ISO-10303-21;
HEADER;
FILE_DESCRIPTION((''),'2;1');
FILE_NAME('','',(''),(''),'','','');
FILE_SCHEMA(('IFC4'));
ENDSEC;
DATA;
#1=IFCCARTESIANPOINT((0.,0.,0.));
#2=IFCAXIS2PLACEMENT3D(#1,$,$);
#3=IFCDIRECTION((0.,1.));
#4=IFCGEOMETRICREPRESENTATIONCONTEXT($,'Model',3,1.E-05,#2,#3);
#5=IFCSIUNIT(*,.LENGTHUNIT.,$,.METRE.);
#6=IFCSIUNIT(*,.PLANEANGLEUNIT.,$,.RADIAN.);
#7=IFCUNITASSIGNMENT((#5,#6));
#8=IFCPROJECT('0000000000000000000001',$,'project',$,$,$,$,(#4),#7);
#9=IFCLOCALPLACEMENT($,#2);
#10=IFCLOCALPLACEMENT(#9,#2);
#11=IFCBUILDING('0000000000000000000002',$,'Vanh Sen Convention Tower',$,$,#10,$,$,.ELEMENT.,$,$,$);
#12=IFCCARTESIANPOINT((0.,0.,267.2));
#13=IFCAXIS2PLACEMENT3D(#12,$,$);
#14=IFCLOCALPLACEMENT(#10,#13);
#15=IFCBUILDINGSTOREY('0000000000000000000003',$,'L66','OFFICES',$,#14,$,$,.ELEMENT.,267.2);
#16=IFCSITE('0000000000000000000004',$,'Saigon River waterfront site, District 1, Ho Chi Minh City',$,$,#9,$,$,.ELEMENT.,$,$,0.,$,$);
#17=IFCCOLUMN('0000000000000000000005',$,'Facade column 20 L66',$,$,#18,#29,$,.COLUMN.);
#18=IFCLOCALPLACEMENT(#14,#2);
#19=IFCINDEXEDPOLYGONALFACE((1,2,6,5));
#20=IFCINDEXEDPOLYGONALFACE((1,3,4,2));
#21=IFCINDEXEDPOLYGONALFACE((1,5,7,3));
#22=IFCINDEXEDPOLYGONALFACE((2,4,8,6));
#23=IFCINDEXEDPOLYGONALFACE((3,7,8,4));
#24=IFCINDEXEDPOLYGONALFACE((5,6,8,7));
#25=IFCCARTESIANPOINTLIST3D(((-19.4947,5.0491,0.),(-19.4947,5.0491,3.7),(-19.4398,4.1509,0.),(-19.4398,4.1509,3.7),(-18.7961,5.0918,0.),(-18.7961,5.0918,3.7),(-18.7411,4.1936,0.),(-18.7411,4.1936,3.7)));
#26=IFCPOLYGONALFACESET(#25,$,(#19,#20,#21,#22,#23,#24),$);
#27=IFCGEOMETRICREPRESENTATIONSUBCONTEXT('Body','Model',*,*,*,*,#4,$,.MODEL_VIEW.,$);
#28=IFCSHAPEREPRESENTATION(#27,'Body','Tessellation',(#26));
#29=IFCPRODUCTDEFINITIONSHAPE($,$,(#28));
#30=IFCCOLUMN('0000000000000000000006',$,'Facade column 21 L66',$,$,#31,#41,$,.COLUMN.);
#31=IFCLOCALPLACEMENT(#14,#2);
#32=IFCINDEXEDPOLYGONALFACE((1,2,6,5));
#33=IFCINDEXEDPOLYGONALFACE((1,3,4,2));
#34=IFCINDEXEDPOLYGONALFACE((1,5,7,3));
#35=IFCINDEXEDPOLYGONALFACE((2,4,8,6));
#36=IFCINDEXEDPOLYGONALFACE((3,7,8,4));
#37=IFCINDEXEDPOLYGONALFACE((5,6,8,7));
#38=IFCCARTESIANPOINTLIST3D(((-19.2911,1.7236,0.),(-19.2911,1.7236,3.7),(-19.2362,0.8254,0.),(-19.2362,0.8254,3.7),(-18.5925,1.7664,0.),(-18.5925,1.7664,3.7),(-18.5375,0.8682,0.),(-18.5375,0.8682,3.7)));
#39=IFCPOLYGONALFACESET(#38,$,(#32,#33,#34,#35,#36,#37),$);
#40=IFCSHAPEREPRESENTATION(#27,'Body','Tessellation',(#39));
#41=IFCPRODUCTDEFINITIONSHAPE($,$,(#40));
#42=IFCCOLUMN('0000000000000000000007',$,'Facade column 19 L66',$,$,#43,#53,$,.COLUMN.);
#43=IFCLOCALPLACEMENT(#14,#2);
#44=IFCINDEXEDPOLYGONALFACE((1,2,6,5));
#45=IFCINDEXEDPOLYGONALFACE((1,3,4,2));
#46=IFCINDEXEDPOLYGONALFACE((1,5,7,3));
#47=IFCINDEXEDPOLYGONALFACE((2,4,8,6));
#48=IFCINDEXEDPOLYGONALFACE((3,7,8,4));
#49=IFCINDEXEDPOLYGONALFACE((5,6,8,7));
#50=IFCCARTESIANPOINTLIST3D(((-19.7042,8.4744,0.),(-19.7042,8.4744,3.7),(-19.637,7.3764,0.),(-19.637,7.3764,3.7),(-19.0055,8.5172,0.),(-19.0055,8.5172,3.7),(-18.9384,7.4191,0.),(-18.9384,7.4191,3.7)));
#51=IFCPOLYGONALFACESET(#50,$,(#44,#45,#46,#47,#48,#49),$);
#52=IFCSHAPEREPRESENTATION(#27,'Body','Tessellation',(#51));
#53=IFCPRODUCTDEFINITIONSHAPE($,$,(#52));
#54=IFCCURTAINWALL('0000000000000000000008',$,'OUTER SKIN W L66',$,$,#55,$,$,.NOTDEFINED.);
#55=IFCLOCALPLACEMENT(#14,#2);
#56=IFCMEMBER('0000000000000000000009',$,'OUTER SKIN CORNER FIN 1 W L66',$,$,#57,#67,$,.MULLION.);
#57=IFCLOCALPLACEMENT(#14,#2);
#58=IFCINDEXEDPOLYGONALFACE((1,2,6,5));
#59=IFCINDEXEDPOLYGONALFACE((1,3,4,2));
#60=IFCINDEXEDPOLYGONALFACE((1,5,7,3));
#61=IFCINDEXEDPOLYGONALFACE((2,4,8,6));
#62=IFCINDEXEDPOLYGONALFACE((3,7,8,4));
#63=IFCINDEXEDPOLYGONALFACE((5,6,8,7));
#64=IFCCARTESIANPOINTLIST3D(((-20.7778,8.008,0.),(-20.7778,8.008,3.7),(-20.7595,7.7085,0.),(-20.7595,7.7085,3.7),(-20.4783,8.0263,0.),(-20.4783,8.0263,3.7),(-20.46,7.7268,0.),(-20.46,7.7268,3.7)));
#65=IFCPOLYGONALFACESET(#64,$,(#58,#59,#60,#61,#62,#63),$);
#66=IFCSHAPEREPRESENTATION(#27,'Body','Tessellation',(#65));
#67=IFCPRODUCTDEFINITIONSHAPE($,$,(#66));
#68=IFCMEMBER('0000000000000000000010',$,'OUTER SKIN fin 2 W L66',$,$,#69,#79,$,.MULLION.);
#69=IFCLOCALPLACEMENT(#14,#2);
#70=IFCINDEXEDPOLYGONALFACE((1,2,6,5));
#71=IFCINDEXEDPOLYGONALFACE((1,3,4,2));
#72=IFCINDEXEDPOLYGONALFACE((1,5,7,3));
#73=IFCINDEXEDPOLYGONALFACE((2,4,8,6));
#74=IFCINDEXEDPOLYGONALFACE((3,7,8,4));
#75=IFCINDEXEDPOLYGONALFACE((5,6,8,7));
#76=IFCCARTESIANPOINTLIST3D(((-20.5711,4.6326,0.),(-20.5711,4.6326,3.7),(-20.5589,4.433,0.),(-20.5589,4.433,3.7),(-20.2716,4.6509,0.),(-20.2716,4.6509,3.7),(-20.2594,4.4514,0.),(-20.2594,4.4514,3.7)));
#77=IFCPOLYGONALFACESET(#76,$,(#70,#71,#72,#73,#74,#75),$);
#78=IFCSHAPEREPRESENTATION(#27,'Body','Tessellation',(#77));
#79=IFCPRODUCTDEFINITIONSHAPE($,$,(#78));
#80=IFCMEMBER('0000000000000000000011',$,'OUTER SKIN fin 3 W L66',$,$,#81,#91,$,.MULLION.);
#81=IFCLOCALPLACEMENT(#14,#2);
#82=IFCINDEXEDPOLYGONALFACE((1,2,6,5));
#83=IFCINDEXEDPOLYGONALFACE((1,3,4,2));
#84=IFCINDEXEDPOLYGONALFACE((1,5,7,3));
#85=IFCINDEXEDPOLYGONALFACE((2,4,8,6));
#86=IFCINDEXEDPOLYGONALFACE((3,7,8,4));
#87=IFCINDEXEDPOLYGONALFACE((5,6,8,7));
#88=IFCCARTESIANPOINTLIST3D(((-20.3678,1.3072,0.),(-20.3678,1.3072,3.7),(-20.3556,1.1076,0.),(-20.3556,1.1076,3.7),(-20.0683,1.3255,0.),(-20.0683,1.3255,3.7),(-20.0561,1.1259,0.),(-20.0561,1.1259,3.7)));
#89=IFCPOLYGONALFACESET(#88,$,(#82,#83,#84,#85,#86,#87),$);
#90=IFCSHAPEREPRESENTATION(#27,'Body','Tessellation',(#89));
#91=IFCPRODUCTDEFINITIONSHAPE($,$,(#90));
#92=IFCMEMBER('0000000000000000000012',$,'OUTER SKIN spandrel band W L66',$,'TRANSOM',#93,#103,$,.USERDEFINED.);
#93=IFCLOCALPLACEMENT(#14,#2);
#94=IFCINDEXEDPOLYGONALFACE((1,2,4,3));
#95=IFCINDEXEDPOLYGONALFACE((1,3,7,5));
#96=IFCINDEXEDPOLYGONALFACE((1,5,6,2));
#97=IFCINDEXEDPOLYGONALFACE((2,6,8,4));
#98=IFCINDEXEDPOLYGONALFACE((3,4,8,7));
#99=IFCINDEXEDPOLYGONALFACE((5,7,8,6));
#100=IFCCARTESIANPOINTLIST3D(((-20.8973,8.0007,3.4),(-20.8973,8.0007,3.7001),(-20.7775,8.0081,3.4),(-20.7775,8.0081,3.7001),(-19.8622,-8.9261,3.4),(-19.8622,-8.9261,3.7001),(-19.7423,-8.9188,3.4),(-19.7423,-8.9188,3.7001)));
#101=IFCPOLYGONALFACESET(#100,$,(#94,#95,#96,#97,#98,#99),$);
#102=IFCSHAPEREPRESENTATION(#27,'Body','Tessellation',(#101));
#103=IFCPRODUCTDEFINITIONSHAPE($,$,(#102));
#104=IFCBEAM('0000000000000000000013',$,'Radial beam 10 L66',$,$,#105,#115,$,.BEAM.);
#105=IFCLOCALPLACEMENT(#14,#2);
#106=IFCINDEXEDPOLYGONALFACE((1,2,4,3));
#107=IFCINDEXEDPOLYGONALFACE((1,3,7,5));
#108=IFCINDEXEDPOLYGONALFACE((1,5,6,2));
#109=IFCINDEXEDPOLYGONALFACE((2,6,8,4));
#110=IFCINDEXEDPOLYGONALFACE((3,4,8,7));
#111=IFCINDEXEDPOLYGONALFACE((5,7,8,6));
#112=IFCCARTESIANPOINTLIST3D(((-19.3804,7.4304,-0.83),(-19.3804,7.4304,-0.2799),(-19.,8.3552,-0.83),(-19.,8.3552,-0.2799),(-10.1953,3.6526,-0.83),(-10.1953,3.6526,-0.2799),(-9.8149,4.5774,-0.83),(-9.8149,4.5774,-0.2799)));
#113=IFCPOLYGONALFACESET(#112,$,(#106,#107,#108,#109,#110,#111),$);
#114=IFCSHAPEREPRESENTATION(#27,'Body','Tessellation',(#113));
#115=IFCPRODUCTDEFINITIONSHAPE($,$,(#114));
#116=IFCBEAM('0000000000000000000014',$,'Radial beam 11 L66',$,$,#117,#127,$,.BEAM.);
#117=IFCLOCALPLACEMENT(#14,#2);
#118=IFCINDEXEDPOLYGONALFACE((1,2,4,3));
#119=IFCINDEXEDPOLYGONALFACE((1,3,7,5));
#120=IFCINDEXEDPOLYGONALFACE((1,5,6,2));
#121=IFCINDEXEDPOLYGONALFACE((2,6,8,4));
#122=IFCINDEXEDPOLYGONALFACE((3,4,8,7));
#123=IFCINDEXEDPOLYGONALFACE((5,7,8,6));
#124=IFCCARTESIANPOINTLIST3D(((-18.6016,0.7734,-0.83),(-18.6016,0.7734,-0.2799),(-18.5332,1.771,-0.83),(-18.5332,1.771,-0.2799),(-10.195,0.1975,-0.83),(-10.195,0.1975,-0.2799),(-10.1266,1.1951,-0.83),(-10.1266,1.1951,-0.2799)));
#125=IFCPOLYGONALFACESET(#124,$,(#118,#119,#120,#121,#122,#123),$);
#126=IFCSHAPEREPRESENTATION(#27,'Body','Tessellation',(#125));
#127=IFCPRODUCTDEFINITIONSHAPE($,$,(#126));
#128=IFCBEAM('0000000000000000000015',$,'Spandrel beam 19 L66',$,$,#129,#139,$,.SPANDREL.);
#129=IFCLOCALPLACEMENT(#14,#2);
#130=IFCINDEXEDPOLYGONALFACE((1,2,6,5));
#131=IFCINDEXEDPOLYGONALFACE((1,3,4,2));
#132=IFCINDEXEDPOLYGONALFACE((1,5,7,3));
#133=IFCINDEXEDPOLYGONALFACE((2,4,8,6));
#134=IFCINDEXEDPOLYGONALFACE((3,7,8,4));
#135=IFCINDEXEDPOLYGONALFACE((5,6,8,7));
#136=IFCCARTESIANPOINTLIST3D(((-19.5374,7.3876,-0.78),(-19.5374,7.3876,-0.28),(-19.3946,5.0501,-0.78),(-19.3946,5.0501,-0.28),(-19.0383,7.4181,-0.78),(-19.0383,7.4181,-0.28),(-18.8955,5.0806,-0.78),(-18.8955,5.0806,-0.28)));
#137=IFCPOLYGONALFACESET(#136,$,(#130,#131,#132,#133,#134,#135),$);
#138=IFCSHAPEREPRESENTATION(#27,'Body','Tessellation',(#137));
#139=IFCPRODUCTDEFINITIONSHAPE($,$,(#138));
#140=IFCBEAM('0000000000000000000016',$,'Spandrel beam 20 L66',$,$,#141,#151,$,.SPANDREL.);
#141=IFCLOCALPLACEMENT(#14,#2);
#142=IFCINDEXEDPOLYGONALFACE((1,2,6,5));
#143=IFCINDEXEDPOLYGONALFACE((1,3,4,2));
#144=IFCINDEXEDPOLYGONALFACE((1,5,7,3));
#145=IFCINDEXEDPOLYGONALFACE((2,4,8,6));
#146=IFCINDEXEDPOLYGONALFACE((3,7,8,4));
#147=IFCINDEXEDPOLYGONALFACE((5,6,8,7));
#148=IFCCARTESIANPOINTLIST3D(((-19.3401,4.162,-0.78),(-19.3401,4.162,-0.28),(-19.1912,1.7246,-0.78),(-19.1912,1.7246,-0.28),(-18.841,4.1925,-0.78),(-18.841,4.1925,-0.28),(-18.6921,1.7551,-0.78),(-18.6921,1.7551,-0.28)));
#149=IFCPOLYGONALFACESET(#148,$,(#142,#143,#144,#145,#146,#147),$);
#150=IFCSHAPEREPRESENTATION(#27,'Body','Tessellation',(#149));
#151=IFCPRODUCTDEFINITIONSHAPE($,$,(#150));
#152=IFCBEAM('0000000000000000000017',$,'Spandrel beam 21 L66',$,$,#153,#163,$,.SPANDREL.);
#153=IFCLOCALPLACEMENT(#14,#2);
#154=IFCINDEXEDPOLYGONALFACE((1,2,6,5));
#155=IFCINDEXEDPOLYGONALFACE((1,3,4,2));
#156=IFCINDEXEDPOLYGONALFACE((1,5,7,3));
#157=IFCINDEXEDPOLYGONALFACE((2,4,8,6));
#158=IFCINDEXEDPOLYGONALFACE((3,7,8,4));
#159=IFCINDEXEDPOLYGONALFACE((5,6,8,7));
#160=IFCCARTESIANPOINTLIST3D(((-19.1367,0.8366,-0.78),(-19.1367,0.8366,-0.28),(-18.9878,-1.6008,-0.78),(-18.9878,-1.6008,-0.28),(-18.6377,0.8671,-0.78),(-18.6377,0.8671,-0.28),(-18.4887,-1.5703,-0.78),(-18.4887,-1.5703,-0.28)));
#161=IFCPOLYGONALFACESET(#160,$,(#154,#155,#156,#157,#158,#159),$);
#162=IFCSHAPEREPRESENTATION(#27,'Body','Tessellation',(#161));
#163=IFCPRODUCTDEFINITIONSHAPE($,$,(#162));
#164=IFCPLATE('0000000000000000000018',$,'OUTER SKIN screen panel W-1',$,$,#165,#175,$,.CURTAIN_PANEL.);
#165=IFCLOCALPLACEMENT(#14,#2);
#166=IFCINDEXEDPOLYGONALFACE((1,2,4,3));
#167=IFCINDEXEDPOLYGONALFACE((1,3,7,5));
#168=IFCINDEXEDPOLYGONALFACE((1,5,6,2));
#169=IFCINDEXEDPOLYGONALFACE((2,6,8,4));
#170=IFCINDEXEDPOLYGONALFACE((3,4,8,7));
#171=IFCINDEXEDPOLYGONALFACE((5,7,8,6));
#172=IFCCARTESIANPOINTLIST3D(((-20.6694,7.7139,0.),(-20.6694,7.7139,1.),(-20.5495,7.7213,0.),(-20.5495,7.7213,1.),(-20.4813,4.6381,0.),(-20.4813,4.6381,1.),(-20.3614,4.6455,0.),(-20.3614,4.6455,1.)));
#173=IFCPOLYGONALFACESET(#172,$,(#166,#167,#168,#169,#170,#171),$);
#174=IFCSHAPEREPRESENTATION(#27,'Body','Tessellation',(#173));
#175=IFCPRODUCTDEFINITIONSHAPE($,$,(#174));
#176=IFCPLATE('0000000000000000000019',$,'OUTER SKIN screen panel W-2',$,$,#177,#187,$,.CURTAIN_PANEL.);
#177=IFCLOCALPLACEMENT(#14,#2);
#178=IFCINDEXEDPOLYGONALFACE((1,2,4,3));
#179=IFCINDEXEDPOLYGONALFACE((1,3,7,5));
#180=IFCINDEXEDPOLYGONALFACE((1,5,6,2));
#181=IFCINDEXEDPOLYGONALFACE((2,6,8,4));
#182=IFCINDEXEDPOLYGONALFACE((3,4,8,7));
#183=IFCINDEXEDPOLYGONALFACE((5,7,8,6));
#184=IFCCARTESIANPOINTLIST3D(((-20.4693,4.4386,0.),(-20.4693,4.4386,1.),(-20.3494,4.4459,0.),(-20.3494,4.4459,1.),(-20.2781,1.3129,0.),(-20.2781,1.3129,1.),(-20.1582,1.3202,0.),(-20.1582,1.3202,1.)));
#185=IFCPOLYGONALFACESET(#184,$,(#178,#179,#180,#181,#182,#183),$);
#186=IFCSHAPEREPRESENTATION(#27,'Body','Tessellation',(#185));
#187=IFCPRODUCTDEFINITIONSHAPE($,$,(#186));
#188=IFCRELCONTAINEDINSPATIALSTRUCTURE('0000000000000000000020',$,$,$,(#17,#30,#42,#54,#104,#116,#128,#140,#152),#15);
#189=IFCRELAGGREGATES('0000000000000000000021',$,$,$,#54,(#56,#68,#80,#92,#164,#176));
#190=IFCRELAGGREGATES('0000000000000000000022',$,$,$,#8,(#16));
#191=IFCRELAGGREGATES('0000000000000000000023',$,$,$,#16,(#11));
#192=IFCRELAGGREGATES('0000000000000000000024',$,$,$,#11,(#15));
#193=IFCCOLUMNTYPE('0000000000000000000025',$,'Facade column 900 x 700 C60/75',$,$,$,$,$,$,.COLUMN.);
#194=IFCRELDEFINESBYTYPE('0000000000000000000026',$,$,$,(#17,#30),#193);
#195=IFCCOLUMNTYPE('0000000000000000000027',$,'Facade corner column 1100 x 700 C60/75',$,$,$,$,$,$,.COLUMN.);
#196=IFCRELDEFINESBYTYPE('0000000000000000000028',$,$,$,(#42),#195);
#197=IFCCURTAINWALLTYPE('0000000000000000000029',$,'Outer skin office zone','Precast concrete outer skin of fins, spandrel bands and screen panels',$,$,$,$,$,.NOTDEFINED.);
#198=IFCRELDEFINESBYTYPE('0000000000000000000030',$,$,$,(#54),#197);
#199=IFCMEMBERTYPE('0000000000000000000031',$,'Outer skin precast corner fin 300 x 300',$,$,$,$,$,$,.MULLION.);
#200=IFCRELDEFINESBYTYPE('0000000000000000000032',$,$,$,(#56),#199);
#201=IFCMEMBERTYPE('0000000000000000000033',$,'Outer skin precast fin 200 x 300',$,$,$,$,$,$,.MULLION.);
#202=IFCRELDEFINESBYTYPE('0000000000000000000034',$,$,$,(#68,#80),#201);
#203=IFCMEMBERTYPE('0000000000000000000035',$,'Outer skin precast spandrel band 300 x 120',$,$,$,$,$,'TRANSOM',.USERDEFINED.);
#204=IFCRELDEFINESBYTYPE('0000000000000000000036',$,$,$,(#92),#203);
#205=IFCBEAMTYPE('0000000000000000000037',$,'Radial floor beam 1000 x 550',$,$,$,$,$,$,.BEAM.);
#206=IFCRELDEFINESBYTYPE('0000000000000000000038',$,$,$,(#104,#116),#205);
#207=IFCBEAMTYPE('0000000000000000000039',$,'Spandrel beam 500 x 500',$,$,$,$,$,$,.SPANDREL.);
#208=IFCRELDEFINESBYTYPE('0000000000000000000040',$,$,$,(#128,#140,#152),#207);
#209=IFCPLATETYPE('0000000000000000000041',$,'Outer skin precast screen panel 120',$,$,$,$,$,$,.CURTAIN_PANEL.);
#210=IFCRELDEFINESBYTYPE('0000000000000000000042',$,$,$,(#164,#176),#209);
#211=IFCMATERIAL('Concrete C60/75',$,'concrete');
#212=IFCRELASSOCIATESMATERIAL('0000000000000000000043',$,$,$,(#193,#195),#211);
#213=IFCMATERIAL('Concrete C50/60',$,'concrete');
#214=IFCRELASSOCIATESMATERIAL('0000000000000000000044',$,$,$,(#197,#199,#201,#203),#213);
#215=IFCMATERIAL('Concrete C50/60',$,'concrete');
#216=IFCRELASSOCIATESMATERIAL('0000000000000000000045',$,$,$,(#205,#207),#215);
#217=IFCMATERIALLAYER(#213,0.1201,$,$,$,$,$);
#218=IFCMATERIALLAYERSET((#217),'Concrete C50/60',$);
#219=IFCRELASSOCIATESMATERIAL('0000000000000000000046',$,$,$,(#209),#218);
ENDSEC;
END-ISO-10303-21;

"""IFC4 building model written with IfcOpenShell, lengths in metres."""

from ifc_helpers import new_model, si_unit, direction, frame, origin, origin_2d, place, context, subcontext, project, spatial, rectangle, extrude, material, layer, layer_set, material_profile, profile_set, type_object, element, aggregate, save


model = new_model("IFC4")

# Units and contexts
model_context = context("Model", 3, precision=1e-05, world=origin(), true_north=direction((0.0, 1.0)))
body_context = subcontext(model_context, "Body", "Model", "MODEL_VIEW")
ifc_project = project(units=[si_unit("LENGTHUNIT", "METRE"), si_unit("PLANEANGLEUNIT", "RADIAN")], contexts=[model_context])

# Site, building, storey
site_placement = place(None, origin())
site = spatial("IfcSite", under=ifc_project, at=site_placement, Name="Saigon River waterfront site, District 1, Ho Chi Minh City", CompositionType="ELEMENT", RefElevation=0.0)
building_placement = place(site_placement, origin())
building = spatial("IfcBuilding", under=site, at=building_placement, Name="Vanh Sen Convention Tower", CompositionType="ELEMENT")
storey_placement = place(building_placement, frame((0.0, 0.0, 267.2)))
storey = spatial("IfcBuildingStorey", under=building, at=storey_placement, Name="L66", Description="OFFICES", CompositionType="ELEMENT", Elevation=267.2)

# Columns
ifc_material_1 = material(Name="Concrete C60/75", Category="concrete")
ifc_material_profile_1 = material_profile(ifc_material_1, rectangle(XDim=0.8999, YDim=0.7, at=origin_2d()), Name="RC 900X700")
ifc_profile_set_1 = profile_set([ifc_material_profile_1], Name="Concrete C60/75")
column_type_1 = type_object("IfcColumnType", Name="Facade column 900 x 700 C60/75", PredefinedType="COLUMN", material=ifc_profile_set_1)
for number, where, z_axis, x_axis, name in (
    (1, (-19.1179, 4.6213, 0.0), (0.0, 0.0, 1.0), (0.061049, -0.998135, 0.0), "Facade column 20 L66"),
    (2, (-18.9143, 1.2959, 0.0), (0.0, 0.0, 1.0), (0.061049, -0.998135, 0.0), "Facade column 21 L66"),
):
    element("IfcColumn", number, at=place(storey_placement, frame(where, z_axis=z_axis, x_axis=x_axis)), inside=storey, type_object=column_type_1, Name=name, PredefinedType="COLUMN", context=body_context, shape_type="SweptSolid", body=[
        extrude(rectangle(XDim=0.8999, YDim=0.7, at=origin_2d()), origin(), (0.0, 0.0, 1.0), 3.7),
    ])
ifc_material_profile_2 = material_profile(ifc_material_1, rectangle(XDim=1.1001, YDim=0.7, at=origin_2d()), Name="RC 1100X700")
ifc_profile_set_2 = profile_set([ifc_material_profile_2], Name="Concrete C60/75")
column_type_2 = type_object("IfcColumnType", Name="Facade corner column 1100 x 700 C60/75", PredefinedType="COLUMN", material=ifc_profile_set_2)
column_placement = place(storey_placement, frame((-19.3213, 7.9468, 0.0), z_axis=(0.0, 0.0, 1.0), x_axis=(0.061049, -0.998135, 0.0)))
element("IfcColumn", 3, at=column_placement, inside=storey, type_object=column_type_2, Name="Facade column 19 L66", PredefinedType="COLUMN", context=body_context, shape_type="SweptSolid", body=[
    extrude(rectangle(XDim=1.1001, YDim=0.7, at=origin_2d()), origin(), (0.0, 0.0, 1.0), 3.7),
])

# Curtain wall, members
ifc_material_2 = material(Name="Concrete C50/60", Category="concrete")
curtain_wall_type = type_object("IfcCurtainWallType", Name="Outer skin office zone", Description="Precast concrete outer skin of fins, spandrel bands and screen panels", PredefinedType="NOTDEFINED", material=ifc_material_2)
curtain_wall_placement = place(storey_placement, origin())
curtain_wall = element("IfcCurtainWall", 4, at=curtain_wall_placement, inside=storey, type_object=curtain_wall_type, Name="OUTER SKIN W L66", PredefinedType="NOTDEFINED")
ifc_material_profile_3 = material_profile(ifc_material_2, rectangle(XDim=0.3, YDim=0.3, at=origin_2d()), Name="Outer skin precast corner fin 300 x 300")
ifc_profile_set_3 = profile_set([ifc_material_profile_3], Name="Concrete C50/60")
member_type_1 = type_object("IfcMemberType", Name="Outer skin precast corner fin 300 x 300", PredefinedType="MULLION", material=ifc_profile_set_3)
member_1_placement = place(storey_placement, frame((-20.6189, 7.8674, 0.0), z_axis=(0.0, 0.0, 1.0), x_axis=(0.061049, -0.998135, 0.0)))
member_1 = element("IfcMember", 5, at=member_1_placement, type_object=member_type_1, Name="OUTER SKIN CORNER FIN 1 W L66", PredefinedType="MULLION", context=body_context, shape_type="SweptSolid", body=[
    extrude(rectangle(XDim=0.3, YDim=0.3, at=origin_2d()), origin(), (0.0, 0.0, 1.0), 3.7),
])
ifc_material_profile_4 = material_profile(ifc_material_2, rectangle(XDim=0.2, YDim=0.3, at=origin_2d()), Name="Outer skin precast fin 200 x 300")
ifc_profile_set_4 = profile_set([ifc_material_profile_4], Name="Concrete C50/60")
member_type_2 = type_object("IfcMemberType", Name="Outer skin precast fin 200 x 300", PredefinedType="MULLION", material=ifc_profile_set_4)
member_2_placement = place(storey_placement, frame((-20.4153, 4.542, 0.0), z_axis=(0.0, 0.0, 1.0), x_axis=(0.061049, -0.998135, 0.0)))
member_2 = element("IfcMember", 6, at=member_2_placement, type_object=member_type_2, Name="OUTER SKIN fin 2 W L66", PredefinedType="MULLION", context=body_context, shape_type="SweptSolid", body=[
    extrude(rectangle(XDim=0.2, YDim=0.3, at=origin_2d()), origin(), (0.0, 0.0, 1.0), 3.7),
])
member_3_placement = place(storey_placement, frame((-20.2119, 1.2166, 0.0), z_axis=(0.0, 0.0, 1.0), x_axis=(0.061049, -0.998135, 0.0)))
member_3 = element("IfcMember", 7, at=member_3_placement, type_object=member_type_2, Name="OUTER SKIN fin 3 W L66", PredefinedType="MULLION", context=body_context, shape_type="SweptSolid", body=[
    extrude(rectangle(XDim=0.2, YDim=0.3, at=origin_2d()), origin(), (0.0, 0.0, 1.0), 3.7),
])
ifc_material_profile_5 = material_profile(ifc_material_2, rectangle(XDim=0.1201, YDim=0.3, at=origin_2d()), Name="Outer skin precast spandrel band 300 x 120")
ifc_profile_set_5 = profile_set([ifc_material_profile_5], Name="Concrete C50/60")
member_type_3 = type_object("IfcMemberType", Name="Outer skin precast spandrel band 300 x 120", ElementType="TRANSOM", PredefinedType="USERDEFINED", material=ifc_profile_set_5)
member_4_placement = place(storey_placement, frame((-20.8374, 8.0044, 3.55), z_axis=(0.061041, -0.998135, 0.0), x_axis=(0.998135, 0.061041, 0.0)))
member_4 = element("IfcMember", 8, at=member_4_placement, type_object=member_type_3, Name="OUTER SKIN spandrel band W L66", ObjectType="TRANSOM", PredefinedType="USERDEFINED", context=body_context, shape_type="SweptSolid", body=[
    extrude(rectangle(XDim=0.1201, YDim=0.3, at=origin_2d()), origin(), (0.0, 0.0, 1.0), 16.9585),
])

# Beams
ifc_material_3 = material(Name="Concrete C50/60", Category="concrete")
ifc_material_profile_6 = material_profile(ifc_material_3, rectangle(XDim=1.0, YDim=0.55, at=origin_2d()), Name="RC 1000X550")
ifc_profile_set_6 = profile_set([ifc_material_profile_6], Name="Concrete C50/60")
beam_type_1 = type_object("IfcBeamType", Name="Radial floor beam 1000 x 550", PredefinedType="BEAM", material=ifc_profile_set_6)
beam_1_placement = place(storey_placement, frame((-19.1902, 7.8928, -0.5549), z_axis=(0.924829, -0.380384, 0.0), x_axis=(0.380384, 0.924829, 0.0)))
element("IfcBeam", 9, at=beam_1_placement, inside=storey, type_object=beam_type_1, Name="Radial beam 10 L66", PredefinedType="BEAM", context=body_context, shape_type="SweptSolid", body=[
    extrude(rectangle(XDim=1.0, YDim=0.55, at=origin_2d()), origin(), (0.0, 0.0, 1.0), 9.9316),
])
beam_2_placement = place(storey_placement, frame((-18.5674, 1.2722, -0.5549), z_axis=(0.997661, -0.06835, 0.0), x_axis=(0.06835, 0.997661, 0.0)))
element("IfcBeam", 10, at=beam_2_placement, inside=storey, type_object=beam_type_1, Name="Radial beam 11 L66", PredefinedType="BEAM", context=body_context, shape_type="SweptSolid", body=[
    extrude(rectangle(XDim=1.0, YDim=0.55, at=origin_2d()), origin(), (0.0, 0.0, 1.0), 8.4263),
])
ifc_material_profile_7 = material_profile(ifc_material_3, rectangle(XDim=0.5, YDim=0.5, at=origin_2d()), Name="RC 500X500")
ifc_profile_set_7 = profile_set([ifc_material_profile_7], Name="Concrete C50/60")
beam_type_2 = type_object("IfcBeamType", Name="Spandrel beam 500 x 500", PredefinedType="SPANDREL", material=ifc_profile_set_7)
beam_3_placement = place(storey_placement, frame((-19.2878, 7.4028, -0.53), z_axis=(0.060989, -0.998138, 0.0), x_axis=(0.998138, 0.060989, 0.0)))
element("IfcBeam", 11, at=beam_3_placement, inside=storey, type_object=beam_type_2, Name="Spandrel beam 19 L66", PredefinedType="SPANDREL", context=body_context, shape_type="SweptSolid", body=[
    extrude(rectangle(XDim=0.5, YDim=0.5, at=origin_2d()), origin(), (0.0, 0.0, 1.0), 2.3418),
])
for number, where, z_axis, x_axis, name in (
    (12, (-19.0906, 4.1772, -0.53), (0.06099, -0.998138, 0.0), (0.998138, 0.06099, 0.0), "Spandrel beam 20 L66"),
    (13, (-18.8872, 0.8518, -0.53), (0.06099, -0.998138, 0.0), (0.998138, 0.06099, 0.0), "Spandrel beam 21 L66"),
):
    element("IfcBeam", number, at=place(storey_placement, frame(where, z_axis=z_axis, x_axis=x_axis)), inside=storey, type_object=beam_type_2, Name=name, PredefinedType="SPANDREL", context=body_context, shape_type="SweptSolid", body=[
        extrude(rectangle(XDim=0.5, YDim=0.5, at=origin_2d()), origin(), (0.0, 0.0, 1.0), 2.4419),
    ])

# Plates
ifc_layer_1 = layer(ifc_material_2, 0.1201)
ifc_layer_set_1 = layer_set([ifc_layer_1], Name="Concrete C50/60")
plate_type = type_object("IfcPlateType", Name="Outer skin precast screen panel 120", PredefinedType="CURTAIN_PANEL", material=ifc_layer_set_1)
plate_1_placement = place(storey_placement, frame((-20.5154, 6.1797, 0.0), z_axis=(0.0, 0.0, 1.0), x_axis=(0.061052, -0.998135, 0.0)))
plate_1 = element("IfcPlate", 14, at=plate_1_placement, type_object=plate_type, Name="OUTER SKIN screen panel W-1", PredefinedType="CURTAIN_PANEL", context=body_context, shape_type="SweptSolid", body=[
    extrude(rectangle(XDim=3.0815, YDim=0.1201, at=origin_2d()), origin(), (0.0, 0.0, 1.0), 1.0),
])
plate_2_placement = place(storey_placement, frame((-20.3137, 2.8794, 0.0), z_axis=(0.0, 0.0, 1.0), x_axis=(0.06105, -0.998135, 0.0)))
plate_2 = element("IfcPlate", 15, at=plate_2_placement, type_object=plate_type, Name="OUTER SKIN screen panel W-2", PredefinedType="CURTAIN_PANEL", context=body_context, shape_type="SweptSolid", body=[
    extrude(rectangle(XDim=3.1316, YDim=0.1201, at=origin_2d()), origin(), (0.0, 0.0, 1.0), 1.0),
])
aggregate(curtain_wall, [member_1, member_2, member_3, member_4, plate_1, plate_2])

save(model, "model.ifc")
